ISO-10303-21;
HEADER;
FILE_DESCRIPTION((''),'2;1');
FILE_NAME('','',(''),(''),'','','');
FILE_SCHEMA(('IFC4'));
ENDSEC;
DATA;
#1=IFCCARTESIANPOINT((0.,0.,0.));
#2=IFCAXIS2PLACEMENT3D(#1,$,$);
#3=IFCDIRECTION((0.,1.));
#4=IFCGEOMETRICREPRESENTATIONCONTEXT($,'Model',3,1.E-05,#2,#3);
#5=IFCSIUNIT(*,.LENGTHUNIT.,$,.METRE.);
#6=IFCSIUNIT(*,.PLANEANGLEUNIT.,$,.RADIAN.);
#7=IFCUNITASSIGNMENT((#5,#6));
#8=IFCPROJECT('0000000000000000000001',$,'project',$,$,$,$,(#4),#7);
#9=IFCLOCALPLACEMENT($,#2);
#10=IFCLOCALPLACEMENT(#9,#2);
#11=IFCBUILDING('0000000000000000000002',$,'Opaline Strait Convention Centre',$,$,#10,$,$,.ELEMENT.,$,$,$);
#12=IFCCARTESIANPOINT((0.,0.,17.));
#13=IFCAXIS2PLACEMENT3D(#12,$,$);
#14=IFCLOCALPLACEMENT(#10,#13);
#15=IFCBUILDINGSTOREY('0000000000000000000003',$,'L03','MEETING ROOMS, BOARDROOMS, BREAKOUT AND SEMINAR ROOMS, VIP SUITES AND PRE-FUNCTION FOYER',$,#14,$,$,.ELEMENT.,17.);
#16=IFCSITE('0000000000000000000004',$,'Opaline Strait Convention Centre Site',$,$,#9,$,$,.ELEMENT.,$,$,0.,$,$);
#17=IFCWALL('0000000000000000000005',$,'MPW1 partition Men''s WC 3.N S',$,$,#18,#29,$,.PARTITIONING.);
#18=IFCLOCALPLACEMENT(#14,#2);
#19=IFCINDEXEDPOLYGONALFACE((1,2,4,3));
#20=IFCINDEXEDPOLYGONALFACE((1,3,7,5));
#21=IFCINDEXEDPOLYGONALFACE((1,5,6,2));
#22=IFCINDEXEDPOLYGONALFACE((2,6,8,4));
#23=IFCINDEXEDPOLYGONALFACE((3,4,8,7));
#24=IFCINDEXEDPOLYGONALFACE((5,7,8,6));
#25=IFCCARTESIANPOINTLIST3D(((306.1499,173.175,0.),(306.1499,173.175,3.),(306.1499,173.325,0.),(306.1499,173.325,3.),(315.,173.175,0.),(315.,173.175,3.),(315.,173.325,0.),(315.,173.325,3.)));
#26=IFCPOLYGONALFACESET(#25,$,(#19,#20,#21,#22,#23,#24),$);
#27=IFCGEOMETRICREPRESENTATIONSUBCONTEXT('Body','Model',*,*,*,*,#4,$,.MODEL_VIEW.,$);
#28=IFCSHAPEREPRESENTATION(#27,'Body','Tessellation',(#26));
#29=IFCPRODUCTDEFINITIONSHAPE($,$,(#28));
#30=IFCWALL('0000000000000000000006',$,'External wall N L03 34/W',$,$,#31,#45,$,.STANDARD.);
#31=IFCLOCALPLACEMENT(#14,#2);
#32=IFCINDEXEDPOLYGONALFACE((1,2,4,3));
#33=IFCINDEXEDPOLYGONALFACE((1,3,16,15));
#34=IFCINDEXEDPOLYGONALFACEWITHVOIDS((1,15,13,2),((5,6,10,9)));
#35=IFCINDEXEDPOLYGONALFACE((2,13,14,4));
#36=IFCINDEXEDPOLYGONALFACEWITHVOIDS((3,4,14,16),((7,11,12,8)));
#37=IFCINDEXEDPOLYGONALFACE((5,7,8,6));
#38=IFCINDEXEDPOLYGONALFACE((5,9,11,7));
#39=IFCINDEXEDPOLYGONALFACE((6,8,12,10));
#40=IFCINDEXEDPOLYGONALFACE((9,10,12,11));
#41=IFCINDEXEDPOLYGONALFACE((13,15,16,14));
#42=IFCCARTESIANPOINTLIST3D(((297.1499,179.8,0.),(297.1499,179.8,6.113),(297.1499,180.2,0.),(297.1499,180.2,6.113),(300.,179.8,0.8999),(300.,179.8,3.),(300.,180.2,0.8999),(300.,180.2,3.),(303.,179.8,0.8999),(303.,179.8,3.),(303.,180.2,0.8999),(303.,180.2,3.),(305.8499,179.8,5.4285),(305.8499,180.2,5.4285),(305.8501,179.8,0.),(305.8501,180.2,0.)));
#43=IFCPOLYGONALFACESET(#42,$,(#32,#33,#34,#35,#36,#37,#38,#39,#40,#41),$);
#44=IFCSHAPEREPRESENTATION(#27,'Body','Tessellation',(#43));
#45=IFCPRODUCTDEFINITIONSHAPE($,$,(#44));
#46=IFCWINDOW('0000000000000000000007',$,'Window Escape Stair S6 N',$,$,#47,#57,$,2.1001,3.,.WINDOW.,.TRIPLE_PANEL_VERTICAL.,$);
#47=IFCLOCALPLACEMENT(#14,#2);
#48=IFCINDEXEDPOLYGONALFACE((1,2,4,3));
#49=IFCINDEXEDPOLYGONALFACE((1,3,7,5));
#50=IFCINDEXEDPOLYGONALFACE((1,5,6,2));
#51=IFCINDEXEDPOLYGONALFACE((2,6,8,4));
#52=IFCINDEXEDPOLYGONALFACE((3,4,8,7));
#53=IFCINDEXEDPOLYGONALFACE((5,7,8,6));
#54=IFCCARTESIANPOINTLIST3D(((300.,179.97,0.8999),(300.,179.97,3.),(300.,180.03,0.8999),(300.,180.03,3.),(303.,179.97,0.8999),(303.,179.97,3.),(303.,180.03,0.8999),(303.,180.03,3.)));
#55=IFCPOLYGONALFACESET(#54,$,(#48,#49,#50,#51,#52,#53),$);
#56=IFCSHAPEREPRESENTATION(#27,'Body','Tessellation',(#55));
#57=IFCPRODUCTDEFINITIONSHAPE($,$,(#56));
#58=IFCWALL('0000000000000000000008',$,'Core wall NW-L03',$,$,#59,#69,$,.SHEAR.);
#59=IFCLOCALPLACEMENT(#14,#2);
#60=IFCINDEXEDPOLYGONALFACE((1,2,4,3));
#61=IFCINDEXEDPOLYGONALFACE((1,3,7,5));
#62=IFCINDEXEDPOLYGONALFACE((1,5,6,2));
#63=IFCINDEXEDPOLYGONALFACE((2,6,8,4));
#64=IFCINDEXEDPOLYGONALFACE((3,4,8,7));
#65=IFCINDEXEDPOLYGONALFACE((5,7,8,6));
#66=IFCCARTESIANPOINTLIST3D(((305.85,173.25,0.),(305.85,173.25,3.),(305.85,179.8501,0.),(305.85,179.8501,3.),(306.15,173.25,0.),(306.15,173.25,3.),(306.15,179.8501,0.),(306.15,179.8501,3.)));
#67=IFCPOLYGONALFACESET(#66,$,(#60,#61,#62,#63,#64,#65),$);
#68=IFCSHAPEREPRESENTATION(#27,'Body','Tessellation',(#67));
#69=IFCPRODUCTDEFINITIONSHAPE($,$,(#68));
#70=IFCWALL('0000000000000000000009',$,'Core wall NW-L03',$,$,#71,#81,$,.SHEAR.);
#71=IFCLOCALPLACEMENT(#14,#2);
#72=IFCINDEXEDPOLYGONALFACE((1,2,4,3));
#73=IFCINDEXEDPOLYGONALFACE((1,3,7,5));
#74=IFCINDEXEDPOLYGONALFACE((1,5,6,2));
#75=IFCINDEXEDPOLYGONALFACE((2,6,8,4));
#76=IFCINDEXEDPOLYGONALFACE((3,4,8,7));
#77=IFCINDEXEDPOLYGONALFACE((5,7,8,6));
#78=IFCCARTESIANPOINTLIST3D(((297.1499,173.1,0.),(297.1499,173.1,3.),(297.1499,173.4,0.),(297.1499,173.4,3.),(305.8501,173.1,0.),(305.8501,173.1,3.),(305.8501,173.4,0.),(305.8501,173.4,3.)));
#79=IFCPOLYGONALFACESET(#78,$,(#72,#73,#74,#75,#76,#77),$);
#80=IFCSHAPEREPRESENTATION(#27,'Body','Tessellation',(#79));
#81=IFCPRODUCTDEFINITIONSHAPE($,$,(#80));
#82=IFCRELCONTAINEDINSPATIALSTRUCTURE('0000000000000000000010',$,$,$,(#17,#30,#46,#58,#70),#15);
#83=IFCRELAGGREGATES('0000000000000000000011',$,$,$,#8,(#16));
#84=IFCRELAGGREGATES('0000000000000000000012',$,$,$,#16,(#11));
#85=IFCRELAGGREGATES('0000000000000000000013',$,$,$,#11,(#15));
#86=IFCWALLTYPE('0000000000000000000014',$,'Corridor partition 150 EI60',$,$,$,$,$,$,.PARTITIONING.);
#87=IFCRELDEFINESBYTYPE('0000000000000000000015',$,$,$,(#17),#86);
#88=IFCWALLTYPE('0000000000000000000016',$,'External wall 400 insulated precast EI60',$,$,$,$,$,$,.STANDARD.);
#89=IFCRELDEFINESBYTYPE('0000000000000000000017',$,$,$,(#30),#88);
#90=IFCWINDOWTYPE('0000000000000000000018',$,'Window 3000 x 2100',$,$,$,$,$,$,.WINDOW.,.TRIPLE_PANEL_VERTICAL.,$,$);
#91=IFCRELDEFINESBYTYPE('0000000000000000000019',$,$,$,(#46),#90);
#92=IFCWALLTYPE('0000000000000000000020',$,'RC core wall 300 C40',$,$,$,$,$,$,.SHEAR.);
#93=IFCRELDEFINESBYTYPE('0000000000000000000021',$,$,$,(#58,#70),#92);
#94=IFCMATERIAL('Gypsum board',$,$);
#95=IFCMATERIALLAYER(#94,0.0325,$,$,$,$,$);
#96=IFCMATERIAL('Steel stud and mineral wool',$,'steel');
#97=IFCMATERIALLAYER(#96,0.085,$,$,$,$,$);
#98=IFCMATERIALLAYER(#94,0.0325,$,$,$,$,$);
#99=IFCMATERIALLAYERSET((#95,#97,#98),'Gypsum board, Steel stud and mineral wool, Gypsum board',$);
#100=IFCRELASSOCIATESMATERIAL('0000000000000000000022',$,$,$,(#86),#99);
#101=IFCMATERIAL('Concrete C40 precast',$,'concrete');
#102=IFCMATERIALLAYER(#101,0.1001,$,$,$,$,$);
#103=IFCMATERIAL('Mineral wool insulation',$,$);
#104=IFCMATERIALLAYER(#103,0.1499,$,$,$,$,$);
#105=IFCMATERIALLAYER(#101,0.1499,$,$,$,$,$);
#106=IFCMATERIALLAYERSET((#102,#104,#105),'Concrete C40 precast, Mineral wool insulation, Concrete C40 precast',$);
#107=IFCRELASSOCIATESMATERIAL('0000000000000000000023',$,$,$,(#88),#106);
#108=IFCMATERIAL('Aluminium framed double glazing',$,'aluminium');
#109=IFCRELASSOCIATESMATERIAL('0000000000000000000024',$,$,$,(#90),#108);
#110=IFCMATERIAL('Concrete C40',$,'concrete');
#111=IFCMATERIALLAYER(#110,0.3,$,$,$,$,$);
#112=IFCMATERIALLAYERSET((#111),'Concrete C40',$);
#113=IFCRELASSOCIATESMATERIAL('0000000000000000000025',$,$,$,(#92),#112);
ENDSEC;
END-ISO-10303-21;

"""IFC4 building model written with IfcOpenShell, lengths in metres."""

from ifc_helpers import new_model, si_unit, direction, frame, frame_2d, origin, place, context, subcontext, project, spatial, polyline, rectangle, outline, extrude, material, layer, layer_set, type_object, element, fill, save


model = new_model("IFC4")

# Units and contexts
model_context = context("Model", 3, precision=1e-05, world=origin(), true_north=direction((0.0, 1.0)))
body_context = subcontext(model_context, "Body", "Model", "MODEL_VIEW")
ifc_project = project(units=[si_unit("LENGTHUNIT", "METRE"), si_unit("PLANEANGLEUNIT", "RADIAN")], contexts=[model_context])

# Site, building, storey
site_placement = place(None, origin())
site = spatial("IfcSite", under=ifc_project, at=site_placement, Name="Opaline Strait Convention Centre Site", CompositionType="ELEMENT", RefElevation=0.0)
building_placement = place(site_placement, origin())
building = spatial("IfcBuilding", under=site, at=building_placement, Name="Opaline Strait Convention Centre", CompositionType="ELEMENT")
storey_placement = place(building_placement, frame((0.0, 0.0, 17.0)))
storey = spatial("IfcBuildingStorey", under=building, at=storey_placement, Name="L03", Description="MEETING ROOMS, BOARDROOMS, BREAKOUT AND SEMINAR ROOMS, VIP SUITES AND PRE-FUNCTION FOYER", CompositionType="ELEMENT", Elevation=17.0)

# Wall
ifc_material_1 = material(Name="Gypsum board")
ifc_layer_1 = layer(ifc_material_1, 0.0325)
ifc_material_2 = material(Name="Steel stud and mineral wool", Category="steel")
ifc_layer_2 = layer(ifc_material_2, 0.085)
ifc_layer_3 = layer(ifc_material_1, 0.0325)
ifc_layer_set_1 = layer_set([ifc_layer_1, ifc_layer_2, ifc_layer_3], Name="Gypsum board, Steel stud and mineral wool, Gypsum board")
wall_type_1 = type_object("IfcWallType", Name="Corridor partition 150 EI60", PredefinedType="PARTITIONING", material=ifc_layer_set_1)
wall_1_placement = place(storey_placement, frame((306.1499, 173.25, 0.0), z_axis=(0.0, 0.0, 1.0), x_axis=(1.0, 0.0, 0.0)))
element("IfcWall", 1, at=wall_1_placement, inside=storey, type_object=wall_type_1, Name="MPW1 partition Men's WC 3.N S", PredefinedType="PARTITIONING", context=body_context, shape_type="SweptSolid", body=[
    extrude(rectangle(XDim=8.8501, YDim=0.1499, at=frame_2d((4.425, 0.0))), origin(), (0.0, 0.0, 1.0), 3.0),
])

# Wall, opening, window
ifc_material_3 = material(Name="Concrete C40 precast", Category="concrete")
ifc_layer_4 = layer(ifc_material_3, 0.1001)
ifc_material_4 = material(Name="Mineral wool insulation")
ifc_layer_5 = layer(ifc_material_4, 0.1499)
ifc_layer_6 = layer(ifc_material_3, 0.1499)
ifc_layer_set_2 = layer_set([ifc_layer_4, ifc_layer_5, ifc_layer_6], Name="Concrete C40 precast, Mineral wool insulation, Concrete C40 precast")
wall_type_2 = type_object("IfcWallType", Name="External wall 400 insulated precast EI60", PredefinedType="STANDARD", material=ifc_layer_set_2)
wall_2_placement = place(storey_placement, frame((297.1499, 180.0, 0.0), z_axis=(0.0, 0.0, 1.0), x_axis=(1.0, 0.0, 0.0)))
wall_2 = element("IfcWall", 2, at=wall_2_placement, inside=storey, type_object=wall_type_2, Name="External wall N L03 34/W", PredefinedType="STANDARD", context=body_context, shape_type="SweptSolid", body=[
    extrude(outline(polyline([(0.0, 0.0), (8.7002, 0.0), (8.7, 5.4285), (0.0, 6.113), (0.0, 0.0)])), frame((0.0, 0.2, 0.0), z_axis=(0.0, -1.0, 0.0), x_axis=(1.0, 0.0, 0.0)), (0.0, 0.0, 1.0), 0.3999),
])
opening_placement = place(wall_2_placement, frame((2.8501, 0.0, 0.8999)))
opening = element("IfcOpeningElement", 3, at=opening_placement, cuts=wall_2, PredefinedType="OPENING", context=body_context, shape_type="SweptSolid", body=[
    extrude(rectangle(XDim=3.0, YDim=2.1001, at=frame_2d((1.5, 1.05))), frame((0.0, 0.21, 0.0), z_axis=(0.0, -1.0, 0.0), x_axis=(1.0, 0.0, 0.0)), (0.0, 0.0, 1.0), 0.4199),
])
ifc_material_5 = material(Name="Aluminium framed double glazing", Category="aluminium")
window_type = type_object("IfcWindowType", Name="Window 3000 x 2100", PartitioningType="TRIPLE_PANEL_VERTICAL", PredefinedType="WINDOW", material=ifc_material_5)
window_placement = place(opening_placement, origin())
window = element("IfcWindow", 4, at=window_placement, inside=storey, type_object=window_type, Name="Window Escape Stair S6 N", OverallHeight=2.1001, OverallWidth=3.0, PartitioningType="TRIPLE_PANEL_VERTICAL", PredefinedType="WINDOW", context=body_context, shape_type="SweptSolid", body=[
    extrude(rectangle(XDim=3.0, YDim=2.1001, at=frame_2d((1.5, 1.05))), frame((0.0, 0.03, 0.0), z_axis=(0.0, -1.0, 0.0), x_axis=(1.0, 0.0, 0.0)), (0.0, 0.0, 1.0), 0.0601),
])
fill(opening, window)

# Walls
ifc_material_6 = material(Name="Concrete C40", Category="concrete")
ifc_layer_7 = layer(ifc_material_6, 0.3)
ifc_layer_set_3 = layer_set([ifc_layer_7], Name="Concrete C40")
wall_type_3 = type_object("IfcWallType", Name="RC core wall 300 C40", PredefinedType="SHEAR", material=ifc_layer_set_3)
wall_3_placement = place(storey_placement, frame((306.0, 173.25, 0.0), z_axis=(0.0, 0.0, 1.0), x_axis=(0.0, 1.0, 0.0)))
element("IfcWall", 5, at=wall_3_placement, inside=storey, type_object=wall_type_3, Name="Core wall NW-L03", PredefinedType="SHEAR", context=body_context, shape_type="SweptSolid", body=[
    extrude(rectangle(XDim=6.6001, YDim=0.3, at=frame_2d((3.3, 0.0))), origin(), (0.0, 0.0, 1.0), 3.0),
])
wall_4_placement = place(storey_placement, frame((297.1499, 173.25, 0.0), z_axis=(0.0, 0.0, 1.0), x_axis=(1.0, 0.0, 0.0)))
element("IfcWall", 6, at=wall_4_placement, inside=storey, type_object=wall_type_3, Name="Core wall NW-L03", PredefinedType="SHEAR", context=body_context, shape_type="SweptSolid", body=[
    extrude(rectangle(XDim=8.7002, YDim=0.3, at=frame_2d((4.3501, 0.0))), origin(), (0.0, 0.0, 1.0), 3.0),
])

save(model, "model.ifc")
